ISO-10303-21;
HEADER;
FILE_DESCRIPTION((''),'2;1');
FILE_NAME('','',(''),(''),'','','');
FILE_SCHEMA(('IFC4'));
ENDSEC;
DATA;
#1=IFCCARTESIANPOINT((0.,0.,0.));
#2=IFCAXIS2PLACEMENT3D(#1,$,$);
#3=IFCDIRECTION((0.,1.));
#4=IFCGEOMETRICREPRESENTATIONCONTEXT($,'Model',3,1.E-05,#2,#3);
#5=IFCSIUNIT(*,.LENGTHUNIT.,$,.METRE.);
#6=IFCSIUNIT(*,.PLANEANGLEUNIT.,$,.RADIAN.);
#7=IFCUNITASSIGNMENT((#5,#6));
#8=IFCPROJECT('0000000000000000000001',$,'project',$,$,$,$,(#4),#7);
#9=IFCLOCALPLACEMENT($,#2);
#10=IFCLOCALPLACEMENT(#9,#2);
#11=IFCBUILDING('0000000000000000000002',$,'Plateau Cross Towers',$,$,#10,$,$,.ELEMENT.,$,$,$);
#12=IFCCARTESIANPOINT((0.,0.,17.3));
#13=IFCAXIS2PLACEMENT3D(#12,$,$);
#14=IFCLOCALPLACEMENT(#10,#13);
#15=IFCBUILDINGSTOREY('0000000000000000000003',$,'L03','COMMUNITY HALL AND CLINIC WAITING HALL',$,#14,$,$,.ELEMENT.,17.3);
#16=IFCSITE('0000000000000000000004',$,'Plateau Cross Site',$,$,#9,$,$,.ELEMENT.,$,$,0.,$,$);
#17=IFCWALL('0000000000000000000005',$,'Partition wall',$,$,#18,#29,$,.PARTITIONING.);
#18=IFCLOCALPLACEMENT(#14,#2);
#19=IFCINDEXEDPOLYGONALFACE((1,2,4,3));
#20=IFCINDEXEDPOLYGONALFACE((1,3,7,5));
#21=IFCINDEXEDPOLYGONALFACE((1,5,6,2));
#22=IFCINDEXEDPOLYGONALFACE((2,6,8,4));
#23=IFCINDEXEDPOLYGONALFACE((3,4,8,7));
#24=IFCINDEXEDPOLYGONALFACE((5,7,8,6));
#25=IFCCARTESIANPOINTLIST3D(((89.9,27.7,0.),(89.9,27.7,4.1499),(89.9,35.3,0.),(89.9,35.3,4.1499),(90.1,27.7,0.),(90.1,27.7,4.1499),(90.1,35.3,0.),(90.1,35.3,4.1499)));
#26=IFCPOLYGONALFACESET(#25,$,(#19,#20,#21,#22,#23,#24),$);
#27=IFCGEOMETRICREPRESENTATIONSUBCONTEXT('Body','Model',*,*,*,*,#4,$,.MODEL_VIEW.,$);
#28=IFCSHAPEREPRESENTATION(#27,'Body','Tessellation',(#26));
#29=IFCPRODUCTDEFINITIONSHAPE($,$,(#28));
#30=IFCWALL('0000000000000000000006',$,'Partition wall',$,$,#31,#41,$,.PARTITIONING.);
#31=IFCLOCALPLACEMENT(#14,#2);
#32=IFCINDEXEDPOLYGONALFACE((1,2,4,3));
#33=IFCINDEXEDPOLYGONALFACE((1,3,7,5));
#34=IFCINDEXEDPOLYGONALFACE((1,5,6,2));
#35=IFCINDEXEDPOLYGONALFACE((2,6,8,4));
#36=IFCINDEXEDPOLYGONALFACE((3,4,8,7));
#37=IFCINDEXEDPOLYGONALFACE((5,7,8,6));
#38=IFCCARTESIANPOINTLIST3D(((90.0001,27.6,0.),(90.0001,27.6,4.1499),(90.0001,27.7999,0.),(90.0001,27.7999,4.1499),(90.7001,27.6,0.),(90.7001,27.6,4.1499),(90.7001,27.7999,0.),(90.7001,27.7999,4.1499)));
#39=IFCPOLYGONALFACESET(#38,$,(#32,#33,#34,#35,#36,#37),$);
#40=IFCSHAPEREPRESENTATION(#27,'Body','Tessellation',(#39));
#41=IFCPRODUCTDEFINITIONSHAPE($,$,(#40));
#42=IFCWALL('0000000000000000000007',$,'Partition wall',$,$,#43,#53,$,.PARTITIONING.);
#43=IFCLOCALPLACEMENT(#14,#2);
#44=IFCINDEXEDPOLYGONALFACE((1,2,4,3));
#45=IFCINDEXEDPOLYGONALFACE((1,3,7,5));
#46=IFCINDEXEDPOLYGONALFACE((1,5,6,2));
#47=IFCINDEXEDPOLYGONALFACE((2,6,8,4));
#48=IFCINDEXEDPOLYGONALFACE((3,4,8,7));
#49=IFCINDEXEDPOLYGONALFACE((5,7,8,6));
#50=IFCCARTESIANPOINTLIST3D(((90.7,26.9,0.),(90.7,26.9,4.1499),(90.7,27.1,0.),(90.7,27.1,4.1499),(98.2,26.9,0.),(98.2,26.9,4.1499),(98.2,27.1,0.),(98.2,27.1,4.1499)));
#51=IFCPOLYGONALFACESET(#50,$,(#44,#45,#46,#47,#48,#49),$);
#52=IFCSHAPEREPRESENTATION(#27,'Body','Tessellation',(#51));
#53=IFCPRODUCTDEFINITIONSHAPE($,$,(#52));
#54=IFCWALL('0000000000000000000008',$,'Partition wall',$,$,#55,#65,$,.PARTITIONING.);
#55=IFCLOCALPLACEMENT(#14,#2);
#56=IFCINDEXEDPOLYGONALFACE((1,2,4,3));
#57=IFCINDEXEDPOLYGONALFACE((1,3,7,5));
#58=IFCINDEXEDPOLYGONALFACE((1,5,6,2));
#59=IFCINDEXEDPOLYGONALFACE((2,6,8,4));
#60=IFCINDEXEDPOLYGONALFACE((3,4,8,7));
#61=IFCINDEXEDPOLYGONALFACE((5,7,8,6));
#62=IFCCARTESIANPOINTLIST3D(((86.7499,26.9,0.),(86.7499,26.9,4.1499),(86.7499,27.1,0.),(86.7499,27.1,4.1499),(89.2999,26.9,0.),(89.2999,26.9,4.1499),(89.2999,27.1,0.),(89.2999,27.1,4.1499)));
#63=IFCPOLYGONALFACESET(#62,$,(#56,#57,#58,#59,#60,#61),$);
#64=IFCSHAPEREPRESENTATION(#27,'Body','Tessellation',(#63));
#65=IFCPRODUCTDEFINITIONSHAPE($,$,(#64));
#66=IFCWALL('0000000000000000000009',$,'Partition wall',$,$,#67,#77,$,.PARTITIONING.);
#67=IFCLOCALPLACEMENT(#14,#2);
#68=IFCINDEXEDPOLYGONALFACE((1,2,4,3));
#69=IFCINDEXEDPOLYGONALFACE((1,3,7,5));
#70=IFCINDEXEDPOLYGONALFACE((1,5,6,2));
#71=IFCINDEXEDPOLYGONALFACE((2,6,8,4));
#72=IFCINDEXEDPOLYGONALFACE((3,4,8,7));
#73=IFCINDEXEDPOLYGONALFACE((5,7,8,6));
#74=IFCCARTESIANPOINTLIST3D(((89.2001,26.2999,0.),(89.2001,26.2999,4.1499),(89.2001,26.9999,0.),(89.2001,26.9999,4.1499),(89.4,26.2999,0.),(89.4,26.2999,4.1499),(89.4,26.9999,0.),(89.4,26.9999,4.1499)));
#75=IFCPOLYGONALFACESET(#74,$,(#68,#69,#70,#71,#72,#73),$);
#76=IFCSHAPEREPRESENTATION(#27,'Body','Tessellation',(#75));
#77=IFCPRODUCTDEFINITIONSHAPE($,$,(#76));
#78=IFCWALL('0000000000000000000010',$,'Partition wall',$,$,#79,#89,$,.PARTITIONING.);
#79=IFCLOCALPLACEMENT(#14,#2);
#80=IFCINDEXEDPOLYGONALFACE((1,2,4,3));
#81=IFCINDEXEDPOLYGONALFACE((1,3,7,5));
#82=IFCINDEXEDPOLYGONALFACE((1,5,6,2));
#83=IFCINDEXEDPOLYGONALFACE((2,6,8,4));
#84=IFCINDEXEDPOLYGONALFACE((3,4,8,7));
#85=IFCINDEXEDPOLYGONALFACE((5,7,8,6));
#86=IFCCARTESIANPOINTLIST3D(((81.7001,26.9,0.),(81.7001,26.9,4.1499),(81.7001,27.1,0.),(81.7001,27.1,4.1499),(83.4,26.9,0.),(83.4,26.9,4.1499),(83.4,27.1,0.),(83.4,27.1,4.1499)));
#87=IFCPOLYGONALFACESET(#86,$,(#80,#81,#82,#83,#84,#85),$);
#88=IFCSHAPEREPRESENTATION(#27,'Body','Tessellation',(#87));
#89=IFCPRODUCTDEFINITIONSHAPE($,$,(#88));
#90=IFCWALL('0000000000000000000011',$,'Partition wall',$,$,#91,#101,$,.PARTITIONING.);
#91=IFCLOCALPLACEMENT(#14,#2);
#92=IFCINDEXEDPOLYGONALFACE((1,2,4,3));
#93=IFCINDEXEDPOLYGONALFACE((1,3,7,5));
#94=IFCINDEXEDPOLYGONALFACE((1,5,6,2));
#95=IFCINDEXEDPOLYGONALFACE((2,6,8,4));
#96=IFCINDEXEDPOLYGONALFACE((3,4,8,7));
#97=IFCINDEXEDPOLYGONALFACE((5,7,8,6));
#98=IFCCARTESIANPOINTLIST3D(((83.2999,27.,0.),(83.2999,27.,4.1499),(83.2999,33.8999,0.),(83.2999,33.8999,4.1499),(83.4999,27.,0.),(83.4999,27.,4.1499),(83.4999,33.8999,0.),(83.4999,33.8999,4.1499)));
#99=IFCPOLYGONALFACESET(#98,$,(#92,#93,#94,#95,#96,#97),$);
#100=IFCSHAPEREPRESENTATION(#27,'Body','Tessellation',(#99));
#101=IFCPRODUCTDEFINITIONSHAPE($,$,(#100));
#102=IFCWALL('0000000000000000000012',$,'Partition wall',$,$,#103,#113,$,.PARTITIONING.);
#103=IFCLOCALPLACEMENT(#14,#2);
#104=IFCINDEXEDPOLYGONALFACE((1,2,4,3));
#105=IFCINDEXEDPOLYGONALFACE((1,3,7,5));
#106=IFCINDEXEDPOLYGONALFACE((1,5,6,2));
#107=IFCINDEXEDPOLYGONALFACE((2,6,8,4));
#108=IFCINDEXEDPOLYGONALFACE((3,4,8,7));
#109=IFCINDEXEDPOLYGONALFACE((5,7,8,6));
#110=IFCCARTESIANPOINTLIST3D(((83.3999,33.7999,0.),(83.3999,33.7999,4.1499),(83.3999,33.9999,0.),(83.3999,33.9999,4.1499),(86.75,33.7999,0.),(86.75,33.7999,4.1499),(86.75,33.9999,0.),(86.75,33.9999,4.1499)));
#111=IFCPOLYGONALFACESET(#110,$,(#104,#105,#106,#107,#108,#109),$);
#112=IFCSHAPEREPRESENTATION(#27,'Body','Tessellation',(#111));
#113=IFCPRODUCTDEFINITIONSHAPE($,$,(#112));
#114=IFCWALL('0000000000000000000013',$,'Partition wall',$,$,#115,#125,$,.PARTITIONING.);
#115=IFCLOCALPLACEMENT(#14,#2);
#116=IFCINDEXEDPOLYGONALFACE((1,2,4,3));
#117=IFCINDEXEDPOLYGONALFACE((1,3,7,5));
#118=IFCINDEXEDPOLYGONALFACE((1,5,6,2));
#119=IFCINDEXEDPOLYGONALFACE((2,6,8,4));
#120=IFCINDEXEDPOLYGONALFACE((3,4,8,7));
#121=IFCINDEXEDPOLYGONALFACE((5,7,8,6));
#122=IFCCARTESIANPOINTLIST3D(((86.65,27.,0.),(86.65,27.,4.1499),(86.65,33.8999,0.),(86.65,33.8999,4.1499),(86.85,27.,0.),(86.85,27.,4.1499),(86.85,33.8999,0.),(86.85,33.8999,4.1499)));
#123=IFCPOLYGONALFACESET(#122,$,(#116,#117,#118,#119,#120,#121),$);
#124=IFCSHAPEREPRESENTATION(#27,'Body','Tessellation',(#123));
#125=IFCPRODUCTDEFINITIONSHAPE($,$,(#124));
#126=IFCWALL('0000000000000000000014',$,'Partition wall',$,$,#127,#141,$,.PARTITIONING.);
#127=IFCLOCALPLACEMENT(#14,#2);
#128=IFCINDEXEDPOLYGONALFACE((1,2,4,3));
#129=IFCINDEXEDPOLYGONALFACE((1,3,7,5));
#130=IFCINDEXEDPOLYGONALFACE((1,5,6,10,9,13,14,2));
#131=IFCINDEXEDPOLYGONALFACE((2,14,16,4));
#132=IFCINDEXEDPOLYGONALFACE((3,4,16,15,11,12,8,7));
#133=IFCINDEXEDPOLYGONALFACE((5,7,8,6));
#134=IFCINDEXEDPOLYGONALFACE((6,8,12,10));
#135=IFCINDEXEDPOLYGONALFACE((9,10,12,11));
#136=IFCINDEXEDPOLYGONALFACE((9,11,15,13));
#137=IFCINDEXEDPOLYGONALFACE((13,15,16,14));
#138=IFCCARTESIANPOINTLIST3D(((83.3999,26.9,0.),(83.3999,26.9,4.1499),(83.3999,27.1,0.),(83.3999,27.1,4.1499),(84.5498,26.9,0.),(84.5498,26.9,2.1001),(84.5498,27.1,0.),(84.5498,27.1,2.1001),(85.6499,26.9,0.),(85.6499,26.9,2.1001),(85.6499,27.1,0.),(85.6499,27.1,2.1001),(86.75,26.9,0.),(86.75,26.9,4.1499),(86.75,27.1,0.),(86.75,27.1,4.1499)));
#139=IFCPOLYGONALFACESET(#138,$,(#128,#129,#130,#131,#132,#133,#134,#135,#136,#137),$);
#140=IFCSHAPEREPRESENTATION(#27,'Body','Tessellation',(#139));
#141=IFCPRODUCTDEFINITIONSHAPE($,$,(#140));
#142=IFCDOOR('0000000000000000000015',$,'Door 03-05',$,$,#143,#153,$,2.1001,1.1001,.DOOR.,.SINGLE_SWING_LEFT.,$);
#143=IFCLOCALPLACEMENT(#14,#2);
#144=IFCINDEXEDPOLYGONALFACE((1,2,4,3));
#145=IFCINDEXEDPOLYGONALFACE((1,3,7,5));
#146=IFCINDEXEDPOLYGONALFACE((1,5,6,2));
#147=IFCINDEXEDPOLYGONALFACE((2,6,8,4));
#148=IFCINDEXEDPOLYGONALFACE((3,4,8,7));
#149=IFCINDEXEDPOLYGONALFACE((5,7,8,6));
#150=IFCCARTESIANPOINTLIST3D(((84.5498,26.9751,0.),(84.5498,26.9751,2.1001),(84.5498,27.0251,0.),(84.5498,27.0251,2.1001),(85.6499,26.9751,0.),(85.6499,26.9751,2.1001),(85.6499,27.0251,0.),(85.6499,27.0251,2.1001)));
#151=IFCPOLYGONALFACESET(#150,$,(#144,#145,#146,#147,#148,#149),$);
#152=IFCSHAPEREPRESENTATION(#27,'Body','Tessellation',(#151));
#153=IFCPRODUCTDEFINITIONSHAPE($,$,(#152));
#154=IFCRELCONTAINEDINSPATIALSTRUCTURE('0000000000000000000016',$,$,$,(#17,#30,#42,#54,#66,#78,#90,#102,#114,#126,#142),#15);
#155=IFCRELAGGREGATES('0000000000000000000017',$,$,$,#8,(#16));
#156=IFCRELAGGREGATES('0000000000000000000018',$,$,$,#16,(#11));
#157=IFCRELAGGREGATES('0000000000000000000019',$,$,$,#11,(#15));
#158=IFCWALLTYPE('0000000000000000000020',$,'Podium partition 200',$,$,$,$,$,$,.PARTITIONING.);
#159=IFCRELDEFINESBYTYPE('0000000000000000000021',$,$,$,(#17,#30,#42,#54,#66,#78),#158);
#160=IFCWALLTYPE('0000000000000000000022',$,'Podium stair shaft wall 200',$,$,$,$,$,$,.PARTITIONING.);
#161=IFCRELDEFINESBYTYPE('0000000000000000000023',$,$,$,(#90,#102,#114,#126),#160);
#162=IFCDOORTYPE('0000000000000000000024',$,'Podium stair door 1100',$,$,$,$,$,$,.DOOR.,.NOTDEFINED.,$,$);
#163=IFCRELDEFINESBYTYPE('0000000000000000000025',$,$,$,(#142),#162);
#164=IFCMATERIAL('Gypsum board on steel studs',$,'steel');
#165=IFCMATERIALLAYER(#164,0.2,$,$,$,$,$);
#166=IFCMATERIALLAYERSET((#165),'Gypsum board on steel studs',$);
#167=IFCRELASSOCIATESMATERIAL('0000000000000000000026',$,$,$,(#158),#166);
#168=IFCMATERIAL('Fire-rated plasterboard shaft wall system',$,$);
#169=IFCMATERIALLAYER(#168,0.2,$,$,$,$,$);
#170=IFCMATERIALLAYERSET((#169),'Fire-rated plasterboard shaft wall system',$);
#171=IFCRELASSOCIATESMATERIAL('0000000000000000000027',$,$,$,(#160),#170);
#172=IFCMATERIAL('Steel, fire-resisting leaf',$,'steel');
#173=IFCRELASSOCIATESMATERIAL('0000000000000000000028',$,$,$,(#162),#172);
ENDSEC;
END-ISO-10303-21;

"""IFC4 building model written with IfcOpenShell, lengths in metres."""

from ifc_helpers import new_model, si_unit, direction, frame, frame_2d, origin, place, context, subcontext, project, spatial, rectangle, extrude, material, layer, layer_set, type_object, element, fill, save


model = new_model("IFC4")

# Units and contexts
model_context = context("Model", 3, precision=1e-05, world=origin(), true_north=direction((0.0, 1.0)))
body_context = subcontext(model_context, "Body", "Model", "MODEL_VIEW")
ifc_project = project(units=[si_unit("LENGTHUNIT", "METRE"), si_unit("PLANEANGLEUNIT", "RADIAN")], contexts=[model_context])

# Site, building, storey
site_placement = place(None, origin())
site = spatial("IfcSite", under=ifc_project, at=site_placement, Name="Plateau Cross Site", CompositionType="ELEMENT", RefElevation=0.0)
building_placement = place(site_placement, origin())
building = spatial("IfcBuilding", under=site, at=building_placement, Name="Plateau Cross Towers", CompositionType="ELEMENT")
storey_placement = place(building_placement, frame((0.0, 0.0, 17.3)))
storey = spatial("IfcBuildingStorey", under=building, at=storey_placement, Name="L03", Description="COMMUNITY HALL AND CLINIC WAITING HALL", CompositionType="ELEMENT", Elevation=17.3)

# Shared definitions
ifc_material_1 = material(Name="Gypsum board on steel studs", Category="steel")
ifc_layer_1 = layer(ifc_material_1, 0.2)
ifc_layer_set_1 = layer_set([ifc_layer_1], Name="Gypsum board on steel studs")
wall_type_1 = type_object("IfcWallType", Name="Podium partition 200", PredefinedType="PARTITIONING", material=ifc_layer_set_1)

# Walls
for number, where, z_axis, x_axis, name in (
    (1, (90.0, 35.3, 0.0), (0.0, 0.0, 1.0), (0.0, -1.0, 0.0), "Partition wall"),
):
    element("IfcWall", number, at=place(storey_placement, frame(where, z_axis=z_axis, x_axis=x_axis)), inside=storey, type_object=wall_type_1, Name=name, PredefinedType="PARTITIONING", context=body_context, shape_type="SweptSolid", body=[
        extrude(rectangle(XDim=7.6001, YDim=0.2, at=frame_2d((3.8, 0.0))), origin(), (0.0, 0.0, 1.0), 4.1499),
    ])
wall_1_placement = place(storey_placement, frame((90.0, 27.7, 0.0), z_axis=(0.0, 0.0, 1.0), x_axis=(1.0, 0.0, 0.0)))
element("IfcWall", 2, at=wall_1_placement, inside=storey, type_object=wall_type_1, Name="Partition wall", PredefinedType="PARTITIONING", context=body_context, shape_type="SweptSolid", body=[
    extrude(rectangle(XDim=0.7, YDim=0.2, at=frame_2d((0.3501, 0.0))), origin(), (0.0, 0.0, 1.0), 4.1499),
])
wall_2_placement = place(storey_placement, frame((90.7, 27.0, 0.0), z_axis=(0.0, 0.0, 1.0), x_axis=(1.0, 0.0, 0.0)))
element("IfcWall", 3, at=wall_2_placement, inside=storey, type_object=wall_type_1, Name="Partition wall", PredefinedType="PARTITIONING", context=body_context, shape_type="SweptSolid", body=[
    extrude(rectangle(XDim=7.5, YDim=0.2, at=frame_2d((3.75, 0.0))), origin(), (0.0, 0.0, 1.0), 4.1499),
])
wall_3_placement = place(storey_placement, frame((86.75, 27.0, 0.0), z_axis=(0.0, 0.0, 1.0), x_axis=(1.0, 0.0, 0.0)))
element("IfcWall", 4, at=wall_3_placement, inside=storey, type_object=wall_type_1, Name="Partition wall", PredefinedType="PARTITIONING", context=body_context, shape_type="SweptSolid", body=[
    extrude(rectangle(XDim=2.55, YDim=0.2, at=frame_2d((1.2749, 0.0))), origin(), (0.0, 0.0, 1.0), 4.1499),
])
wall_4_placement = place(storey_placement, frame((89.3, 27.0, 0.0), z_axis=(0.0, 0.0, 1.0), x_axis=(0.0, -1.0, 0.0)))
element("IfcWall", 5, at=wall_4_placement, inside=storey, type_object=wall_type_1, Name="Partition wall", PredefinedType="PARTITIONING", context=body_context, shape_type="SweptSolid", body=[
    extrude(rectangle(XDim=0.7, YDim=0.2, at=frame_2d((0.3501, 0.0))), origin(), (0.0, 0.0, 1.0), 4.1499),
])
wall_5_placement = place(storey_placement, frame((81.7, 27.0, 0.0), z_axis=(0.0, 0.0, 1.0), x_axis=(1.0, 0.0, 0.0)))
element("IfcWall", 6, at=wall_5_placement, inside=storey, type_object=wall_type_1, Name="Partition wall", PredefinedType="PARTITIONING", context=body_context, shape_type="SweptSolid", body=[
    extrude(rectangle(XDim=1.7, YDim=0.2, at=frame_2d((0.8501, 0.0))), origin(), (0.0, 0.0, 1.0), 4.1499),
])
ifc_material_2 = material(Name="Fire-rated plasterboard shaft wall system")
ifc_layer_2 = layer(ifc_material_2, 0.2)
ifc_layer_set_2 = layer_set([ifc_layer_2], Name="Fire-rated plasterboard shaft wall system")
wall_type_2 = type_object("IfcWallType", Name="Podium stair shaft wall 200", PredefinedType="PARTITIONING", material=ifc_layer_set_2)
wall_6_placement = place(storey_placement, frame((83.3999, 27.0, 0.0), z_axis=(0.0, 0.0, 1.0), x_axis=(0.0, 1.0, 0.0)))
element("IfcWall", 7, at=wall_6_placement, inside=storey, type_object=wall_type_2, Name="Partition wall", PredefinedType="PARTITIONING", context=body_context, shape_type="SweptSolid", body=[
    extrude(rectangle(XDim=6.8999, YDim=0.2, at=frame_2d((3.45, 0.0))), origin(), (0.0, 0.0, 1.0), 4.1499),
])
wall_7_placement = place(storey_placement, frame((83.3999, 33.8999, 0.0), z_axis=(0.0, 0.0, 1.0), x_axis=(1.0, 0.0, 0.0)))
element("IfcWall", 8, at=wall_7_placement, inside=storey, type_object=wall_type_2, Name="Partition wall", PredefinedType="PARTITIONING", context=body_context, shape_type="SweptSolid", body=[
    extrude(rectangle(XDim=3.3501, YDim=0.2, at=frame_2d((1.675, 0.0))), origin(), (0.0, 0.0, 1.0), 4.1499),
])
wall_8_placement = place(storey_placement, frame((86.75, 33.8999, 0.0), z_axis=(0.0, 0.0, 1.0), x_axis=(0.0, -1.0, 0.0)))
element("IfcWall", 9, at=wall_8_placement, inside=storey, type_object=wall_type_2, Name="Partition wall", PredefinedType="PARTITIONING", context=body_context, shape_type="SweptSolid", body=[
    extrude(rectangle(XDim=6.8999, YDim=0.2, at=frame_2d((3.45, 0.0))), origin(), (0.0, 0.0, 1.0), 4.1499),
])

# Wall, opening, door
wall_9_placement = place(storey_placement, frame((86.75, 27.0, 0.0), z_axis=(0.0, 0.0, 1.0), x_axis=(-1.0, 0.0, 0.0)))
wall_9 = element("IfcWall", 10, at=wall_9_placement, inside=storey, type_object=wall_type_2, Name="Partition wall", PredefinedType="PARTITIONING", context=body_context, shape_type="SweptSolid", body=[
    extrude(rectangle(XDim=3.3501, YDim=0.2, at=frame_2d((1.675, 0.0))), origin(), (0.0, 0.0, 1.0), 4.1499),
])
opening_1_placement = place(wall_9_placement, frame((1.1001, 0.0, 0.0)))
opening_1 = element("IfcOpeningElement", 11, at=opening_1_placement, cuts=wall_9, PredefinedType="OPENING", context=body_context, shape_type="SweptSolid", body=[
    extrude(rectangle(XDim=1.1001, YDim=2.1001, at=frame_2d((0.55, 1.05))), frame((0.0, 0.1099, 0.0), z_axis=(0.0, -1.0, 0.0), x_axis=(1.0, 0.0, 0.0)), (0.0, 0.0, 1.0), 0.22),
])
ifc_material_3 = material(Name="Steel, fire-resisting leaf", Category="steel")
door_type_1 = type_object("IfcDoorType", Name="Podium stair door 1100", OperationType="NOTDEFINED", PredefinedType="DOOR", material=ifc_material_3)
door_1_placement = place(opening_1_placement, origin())
door_1 = element("IfcDoor", 12, at=door_1_placement, inside=storey, type_object=door_type_1, Name="Door 03-05", OperationType="SINGLE_SWING_LEFT", OverallHeight=2.1001, OverallWidth=1.1001, PredefinedType="DOOR", context=body_context, shape_type="SweptSolid", body=[
    extrude(rectangle(XDim=1.1001, YDim=2.1001, at=frame_2d((0.55, 1.05))), frame((0.0, 0.0249, 0.0), z_axis=(0.0, -1.0, 0.0), x_axis=(1.0, 0.0, 0.0)), (0.0, 0.0, 1.0), 0.05),
])
fill(opening_1, door_1)

save(model, "model.ifc")
